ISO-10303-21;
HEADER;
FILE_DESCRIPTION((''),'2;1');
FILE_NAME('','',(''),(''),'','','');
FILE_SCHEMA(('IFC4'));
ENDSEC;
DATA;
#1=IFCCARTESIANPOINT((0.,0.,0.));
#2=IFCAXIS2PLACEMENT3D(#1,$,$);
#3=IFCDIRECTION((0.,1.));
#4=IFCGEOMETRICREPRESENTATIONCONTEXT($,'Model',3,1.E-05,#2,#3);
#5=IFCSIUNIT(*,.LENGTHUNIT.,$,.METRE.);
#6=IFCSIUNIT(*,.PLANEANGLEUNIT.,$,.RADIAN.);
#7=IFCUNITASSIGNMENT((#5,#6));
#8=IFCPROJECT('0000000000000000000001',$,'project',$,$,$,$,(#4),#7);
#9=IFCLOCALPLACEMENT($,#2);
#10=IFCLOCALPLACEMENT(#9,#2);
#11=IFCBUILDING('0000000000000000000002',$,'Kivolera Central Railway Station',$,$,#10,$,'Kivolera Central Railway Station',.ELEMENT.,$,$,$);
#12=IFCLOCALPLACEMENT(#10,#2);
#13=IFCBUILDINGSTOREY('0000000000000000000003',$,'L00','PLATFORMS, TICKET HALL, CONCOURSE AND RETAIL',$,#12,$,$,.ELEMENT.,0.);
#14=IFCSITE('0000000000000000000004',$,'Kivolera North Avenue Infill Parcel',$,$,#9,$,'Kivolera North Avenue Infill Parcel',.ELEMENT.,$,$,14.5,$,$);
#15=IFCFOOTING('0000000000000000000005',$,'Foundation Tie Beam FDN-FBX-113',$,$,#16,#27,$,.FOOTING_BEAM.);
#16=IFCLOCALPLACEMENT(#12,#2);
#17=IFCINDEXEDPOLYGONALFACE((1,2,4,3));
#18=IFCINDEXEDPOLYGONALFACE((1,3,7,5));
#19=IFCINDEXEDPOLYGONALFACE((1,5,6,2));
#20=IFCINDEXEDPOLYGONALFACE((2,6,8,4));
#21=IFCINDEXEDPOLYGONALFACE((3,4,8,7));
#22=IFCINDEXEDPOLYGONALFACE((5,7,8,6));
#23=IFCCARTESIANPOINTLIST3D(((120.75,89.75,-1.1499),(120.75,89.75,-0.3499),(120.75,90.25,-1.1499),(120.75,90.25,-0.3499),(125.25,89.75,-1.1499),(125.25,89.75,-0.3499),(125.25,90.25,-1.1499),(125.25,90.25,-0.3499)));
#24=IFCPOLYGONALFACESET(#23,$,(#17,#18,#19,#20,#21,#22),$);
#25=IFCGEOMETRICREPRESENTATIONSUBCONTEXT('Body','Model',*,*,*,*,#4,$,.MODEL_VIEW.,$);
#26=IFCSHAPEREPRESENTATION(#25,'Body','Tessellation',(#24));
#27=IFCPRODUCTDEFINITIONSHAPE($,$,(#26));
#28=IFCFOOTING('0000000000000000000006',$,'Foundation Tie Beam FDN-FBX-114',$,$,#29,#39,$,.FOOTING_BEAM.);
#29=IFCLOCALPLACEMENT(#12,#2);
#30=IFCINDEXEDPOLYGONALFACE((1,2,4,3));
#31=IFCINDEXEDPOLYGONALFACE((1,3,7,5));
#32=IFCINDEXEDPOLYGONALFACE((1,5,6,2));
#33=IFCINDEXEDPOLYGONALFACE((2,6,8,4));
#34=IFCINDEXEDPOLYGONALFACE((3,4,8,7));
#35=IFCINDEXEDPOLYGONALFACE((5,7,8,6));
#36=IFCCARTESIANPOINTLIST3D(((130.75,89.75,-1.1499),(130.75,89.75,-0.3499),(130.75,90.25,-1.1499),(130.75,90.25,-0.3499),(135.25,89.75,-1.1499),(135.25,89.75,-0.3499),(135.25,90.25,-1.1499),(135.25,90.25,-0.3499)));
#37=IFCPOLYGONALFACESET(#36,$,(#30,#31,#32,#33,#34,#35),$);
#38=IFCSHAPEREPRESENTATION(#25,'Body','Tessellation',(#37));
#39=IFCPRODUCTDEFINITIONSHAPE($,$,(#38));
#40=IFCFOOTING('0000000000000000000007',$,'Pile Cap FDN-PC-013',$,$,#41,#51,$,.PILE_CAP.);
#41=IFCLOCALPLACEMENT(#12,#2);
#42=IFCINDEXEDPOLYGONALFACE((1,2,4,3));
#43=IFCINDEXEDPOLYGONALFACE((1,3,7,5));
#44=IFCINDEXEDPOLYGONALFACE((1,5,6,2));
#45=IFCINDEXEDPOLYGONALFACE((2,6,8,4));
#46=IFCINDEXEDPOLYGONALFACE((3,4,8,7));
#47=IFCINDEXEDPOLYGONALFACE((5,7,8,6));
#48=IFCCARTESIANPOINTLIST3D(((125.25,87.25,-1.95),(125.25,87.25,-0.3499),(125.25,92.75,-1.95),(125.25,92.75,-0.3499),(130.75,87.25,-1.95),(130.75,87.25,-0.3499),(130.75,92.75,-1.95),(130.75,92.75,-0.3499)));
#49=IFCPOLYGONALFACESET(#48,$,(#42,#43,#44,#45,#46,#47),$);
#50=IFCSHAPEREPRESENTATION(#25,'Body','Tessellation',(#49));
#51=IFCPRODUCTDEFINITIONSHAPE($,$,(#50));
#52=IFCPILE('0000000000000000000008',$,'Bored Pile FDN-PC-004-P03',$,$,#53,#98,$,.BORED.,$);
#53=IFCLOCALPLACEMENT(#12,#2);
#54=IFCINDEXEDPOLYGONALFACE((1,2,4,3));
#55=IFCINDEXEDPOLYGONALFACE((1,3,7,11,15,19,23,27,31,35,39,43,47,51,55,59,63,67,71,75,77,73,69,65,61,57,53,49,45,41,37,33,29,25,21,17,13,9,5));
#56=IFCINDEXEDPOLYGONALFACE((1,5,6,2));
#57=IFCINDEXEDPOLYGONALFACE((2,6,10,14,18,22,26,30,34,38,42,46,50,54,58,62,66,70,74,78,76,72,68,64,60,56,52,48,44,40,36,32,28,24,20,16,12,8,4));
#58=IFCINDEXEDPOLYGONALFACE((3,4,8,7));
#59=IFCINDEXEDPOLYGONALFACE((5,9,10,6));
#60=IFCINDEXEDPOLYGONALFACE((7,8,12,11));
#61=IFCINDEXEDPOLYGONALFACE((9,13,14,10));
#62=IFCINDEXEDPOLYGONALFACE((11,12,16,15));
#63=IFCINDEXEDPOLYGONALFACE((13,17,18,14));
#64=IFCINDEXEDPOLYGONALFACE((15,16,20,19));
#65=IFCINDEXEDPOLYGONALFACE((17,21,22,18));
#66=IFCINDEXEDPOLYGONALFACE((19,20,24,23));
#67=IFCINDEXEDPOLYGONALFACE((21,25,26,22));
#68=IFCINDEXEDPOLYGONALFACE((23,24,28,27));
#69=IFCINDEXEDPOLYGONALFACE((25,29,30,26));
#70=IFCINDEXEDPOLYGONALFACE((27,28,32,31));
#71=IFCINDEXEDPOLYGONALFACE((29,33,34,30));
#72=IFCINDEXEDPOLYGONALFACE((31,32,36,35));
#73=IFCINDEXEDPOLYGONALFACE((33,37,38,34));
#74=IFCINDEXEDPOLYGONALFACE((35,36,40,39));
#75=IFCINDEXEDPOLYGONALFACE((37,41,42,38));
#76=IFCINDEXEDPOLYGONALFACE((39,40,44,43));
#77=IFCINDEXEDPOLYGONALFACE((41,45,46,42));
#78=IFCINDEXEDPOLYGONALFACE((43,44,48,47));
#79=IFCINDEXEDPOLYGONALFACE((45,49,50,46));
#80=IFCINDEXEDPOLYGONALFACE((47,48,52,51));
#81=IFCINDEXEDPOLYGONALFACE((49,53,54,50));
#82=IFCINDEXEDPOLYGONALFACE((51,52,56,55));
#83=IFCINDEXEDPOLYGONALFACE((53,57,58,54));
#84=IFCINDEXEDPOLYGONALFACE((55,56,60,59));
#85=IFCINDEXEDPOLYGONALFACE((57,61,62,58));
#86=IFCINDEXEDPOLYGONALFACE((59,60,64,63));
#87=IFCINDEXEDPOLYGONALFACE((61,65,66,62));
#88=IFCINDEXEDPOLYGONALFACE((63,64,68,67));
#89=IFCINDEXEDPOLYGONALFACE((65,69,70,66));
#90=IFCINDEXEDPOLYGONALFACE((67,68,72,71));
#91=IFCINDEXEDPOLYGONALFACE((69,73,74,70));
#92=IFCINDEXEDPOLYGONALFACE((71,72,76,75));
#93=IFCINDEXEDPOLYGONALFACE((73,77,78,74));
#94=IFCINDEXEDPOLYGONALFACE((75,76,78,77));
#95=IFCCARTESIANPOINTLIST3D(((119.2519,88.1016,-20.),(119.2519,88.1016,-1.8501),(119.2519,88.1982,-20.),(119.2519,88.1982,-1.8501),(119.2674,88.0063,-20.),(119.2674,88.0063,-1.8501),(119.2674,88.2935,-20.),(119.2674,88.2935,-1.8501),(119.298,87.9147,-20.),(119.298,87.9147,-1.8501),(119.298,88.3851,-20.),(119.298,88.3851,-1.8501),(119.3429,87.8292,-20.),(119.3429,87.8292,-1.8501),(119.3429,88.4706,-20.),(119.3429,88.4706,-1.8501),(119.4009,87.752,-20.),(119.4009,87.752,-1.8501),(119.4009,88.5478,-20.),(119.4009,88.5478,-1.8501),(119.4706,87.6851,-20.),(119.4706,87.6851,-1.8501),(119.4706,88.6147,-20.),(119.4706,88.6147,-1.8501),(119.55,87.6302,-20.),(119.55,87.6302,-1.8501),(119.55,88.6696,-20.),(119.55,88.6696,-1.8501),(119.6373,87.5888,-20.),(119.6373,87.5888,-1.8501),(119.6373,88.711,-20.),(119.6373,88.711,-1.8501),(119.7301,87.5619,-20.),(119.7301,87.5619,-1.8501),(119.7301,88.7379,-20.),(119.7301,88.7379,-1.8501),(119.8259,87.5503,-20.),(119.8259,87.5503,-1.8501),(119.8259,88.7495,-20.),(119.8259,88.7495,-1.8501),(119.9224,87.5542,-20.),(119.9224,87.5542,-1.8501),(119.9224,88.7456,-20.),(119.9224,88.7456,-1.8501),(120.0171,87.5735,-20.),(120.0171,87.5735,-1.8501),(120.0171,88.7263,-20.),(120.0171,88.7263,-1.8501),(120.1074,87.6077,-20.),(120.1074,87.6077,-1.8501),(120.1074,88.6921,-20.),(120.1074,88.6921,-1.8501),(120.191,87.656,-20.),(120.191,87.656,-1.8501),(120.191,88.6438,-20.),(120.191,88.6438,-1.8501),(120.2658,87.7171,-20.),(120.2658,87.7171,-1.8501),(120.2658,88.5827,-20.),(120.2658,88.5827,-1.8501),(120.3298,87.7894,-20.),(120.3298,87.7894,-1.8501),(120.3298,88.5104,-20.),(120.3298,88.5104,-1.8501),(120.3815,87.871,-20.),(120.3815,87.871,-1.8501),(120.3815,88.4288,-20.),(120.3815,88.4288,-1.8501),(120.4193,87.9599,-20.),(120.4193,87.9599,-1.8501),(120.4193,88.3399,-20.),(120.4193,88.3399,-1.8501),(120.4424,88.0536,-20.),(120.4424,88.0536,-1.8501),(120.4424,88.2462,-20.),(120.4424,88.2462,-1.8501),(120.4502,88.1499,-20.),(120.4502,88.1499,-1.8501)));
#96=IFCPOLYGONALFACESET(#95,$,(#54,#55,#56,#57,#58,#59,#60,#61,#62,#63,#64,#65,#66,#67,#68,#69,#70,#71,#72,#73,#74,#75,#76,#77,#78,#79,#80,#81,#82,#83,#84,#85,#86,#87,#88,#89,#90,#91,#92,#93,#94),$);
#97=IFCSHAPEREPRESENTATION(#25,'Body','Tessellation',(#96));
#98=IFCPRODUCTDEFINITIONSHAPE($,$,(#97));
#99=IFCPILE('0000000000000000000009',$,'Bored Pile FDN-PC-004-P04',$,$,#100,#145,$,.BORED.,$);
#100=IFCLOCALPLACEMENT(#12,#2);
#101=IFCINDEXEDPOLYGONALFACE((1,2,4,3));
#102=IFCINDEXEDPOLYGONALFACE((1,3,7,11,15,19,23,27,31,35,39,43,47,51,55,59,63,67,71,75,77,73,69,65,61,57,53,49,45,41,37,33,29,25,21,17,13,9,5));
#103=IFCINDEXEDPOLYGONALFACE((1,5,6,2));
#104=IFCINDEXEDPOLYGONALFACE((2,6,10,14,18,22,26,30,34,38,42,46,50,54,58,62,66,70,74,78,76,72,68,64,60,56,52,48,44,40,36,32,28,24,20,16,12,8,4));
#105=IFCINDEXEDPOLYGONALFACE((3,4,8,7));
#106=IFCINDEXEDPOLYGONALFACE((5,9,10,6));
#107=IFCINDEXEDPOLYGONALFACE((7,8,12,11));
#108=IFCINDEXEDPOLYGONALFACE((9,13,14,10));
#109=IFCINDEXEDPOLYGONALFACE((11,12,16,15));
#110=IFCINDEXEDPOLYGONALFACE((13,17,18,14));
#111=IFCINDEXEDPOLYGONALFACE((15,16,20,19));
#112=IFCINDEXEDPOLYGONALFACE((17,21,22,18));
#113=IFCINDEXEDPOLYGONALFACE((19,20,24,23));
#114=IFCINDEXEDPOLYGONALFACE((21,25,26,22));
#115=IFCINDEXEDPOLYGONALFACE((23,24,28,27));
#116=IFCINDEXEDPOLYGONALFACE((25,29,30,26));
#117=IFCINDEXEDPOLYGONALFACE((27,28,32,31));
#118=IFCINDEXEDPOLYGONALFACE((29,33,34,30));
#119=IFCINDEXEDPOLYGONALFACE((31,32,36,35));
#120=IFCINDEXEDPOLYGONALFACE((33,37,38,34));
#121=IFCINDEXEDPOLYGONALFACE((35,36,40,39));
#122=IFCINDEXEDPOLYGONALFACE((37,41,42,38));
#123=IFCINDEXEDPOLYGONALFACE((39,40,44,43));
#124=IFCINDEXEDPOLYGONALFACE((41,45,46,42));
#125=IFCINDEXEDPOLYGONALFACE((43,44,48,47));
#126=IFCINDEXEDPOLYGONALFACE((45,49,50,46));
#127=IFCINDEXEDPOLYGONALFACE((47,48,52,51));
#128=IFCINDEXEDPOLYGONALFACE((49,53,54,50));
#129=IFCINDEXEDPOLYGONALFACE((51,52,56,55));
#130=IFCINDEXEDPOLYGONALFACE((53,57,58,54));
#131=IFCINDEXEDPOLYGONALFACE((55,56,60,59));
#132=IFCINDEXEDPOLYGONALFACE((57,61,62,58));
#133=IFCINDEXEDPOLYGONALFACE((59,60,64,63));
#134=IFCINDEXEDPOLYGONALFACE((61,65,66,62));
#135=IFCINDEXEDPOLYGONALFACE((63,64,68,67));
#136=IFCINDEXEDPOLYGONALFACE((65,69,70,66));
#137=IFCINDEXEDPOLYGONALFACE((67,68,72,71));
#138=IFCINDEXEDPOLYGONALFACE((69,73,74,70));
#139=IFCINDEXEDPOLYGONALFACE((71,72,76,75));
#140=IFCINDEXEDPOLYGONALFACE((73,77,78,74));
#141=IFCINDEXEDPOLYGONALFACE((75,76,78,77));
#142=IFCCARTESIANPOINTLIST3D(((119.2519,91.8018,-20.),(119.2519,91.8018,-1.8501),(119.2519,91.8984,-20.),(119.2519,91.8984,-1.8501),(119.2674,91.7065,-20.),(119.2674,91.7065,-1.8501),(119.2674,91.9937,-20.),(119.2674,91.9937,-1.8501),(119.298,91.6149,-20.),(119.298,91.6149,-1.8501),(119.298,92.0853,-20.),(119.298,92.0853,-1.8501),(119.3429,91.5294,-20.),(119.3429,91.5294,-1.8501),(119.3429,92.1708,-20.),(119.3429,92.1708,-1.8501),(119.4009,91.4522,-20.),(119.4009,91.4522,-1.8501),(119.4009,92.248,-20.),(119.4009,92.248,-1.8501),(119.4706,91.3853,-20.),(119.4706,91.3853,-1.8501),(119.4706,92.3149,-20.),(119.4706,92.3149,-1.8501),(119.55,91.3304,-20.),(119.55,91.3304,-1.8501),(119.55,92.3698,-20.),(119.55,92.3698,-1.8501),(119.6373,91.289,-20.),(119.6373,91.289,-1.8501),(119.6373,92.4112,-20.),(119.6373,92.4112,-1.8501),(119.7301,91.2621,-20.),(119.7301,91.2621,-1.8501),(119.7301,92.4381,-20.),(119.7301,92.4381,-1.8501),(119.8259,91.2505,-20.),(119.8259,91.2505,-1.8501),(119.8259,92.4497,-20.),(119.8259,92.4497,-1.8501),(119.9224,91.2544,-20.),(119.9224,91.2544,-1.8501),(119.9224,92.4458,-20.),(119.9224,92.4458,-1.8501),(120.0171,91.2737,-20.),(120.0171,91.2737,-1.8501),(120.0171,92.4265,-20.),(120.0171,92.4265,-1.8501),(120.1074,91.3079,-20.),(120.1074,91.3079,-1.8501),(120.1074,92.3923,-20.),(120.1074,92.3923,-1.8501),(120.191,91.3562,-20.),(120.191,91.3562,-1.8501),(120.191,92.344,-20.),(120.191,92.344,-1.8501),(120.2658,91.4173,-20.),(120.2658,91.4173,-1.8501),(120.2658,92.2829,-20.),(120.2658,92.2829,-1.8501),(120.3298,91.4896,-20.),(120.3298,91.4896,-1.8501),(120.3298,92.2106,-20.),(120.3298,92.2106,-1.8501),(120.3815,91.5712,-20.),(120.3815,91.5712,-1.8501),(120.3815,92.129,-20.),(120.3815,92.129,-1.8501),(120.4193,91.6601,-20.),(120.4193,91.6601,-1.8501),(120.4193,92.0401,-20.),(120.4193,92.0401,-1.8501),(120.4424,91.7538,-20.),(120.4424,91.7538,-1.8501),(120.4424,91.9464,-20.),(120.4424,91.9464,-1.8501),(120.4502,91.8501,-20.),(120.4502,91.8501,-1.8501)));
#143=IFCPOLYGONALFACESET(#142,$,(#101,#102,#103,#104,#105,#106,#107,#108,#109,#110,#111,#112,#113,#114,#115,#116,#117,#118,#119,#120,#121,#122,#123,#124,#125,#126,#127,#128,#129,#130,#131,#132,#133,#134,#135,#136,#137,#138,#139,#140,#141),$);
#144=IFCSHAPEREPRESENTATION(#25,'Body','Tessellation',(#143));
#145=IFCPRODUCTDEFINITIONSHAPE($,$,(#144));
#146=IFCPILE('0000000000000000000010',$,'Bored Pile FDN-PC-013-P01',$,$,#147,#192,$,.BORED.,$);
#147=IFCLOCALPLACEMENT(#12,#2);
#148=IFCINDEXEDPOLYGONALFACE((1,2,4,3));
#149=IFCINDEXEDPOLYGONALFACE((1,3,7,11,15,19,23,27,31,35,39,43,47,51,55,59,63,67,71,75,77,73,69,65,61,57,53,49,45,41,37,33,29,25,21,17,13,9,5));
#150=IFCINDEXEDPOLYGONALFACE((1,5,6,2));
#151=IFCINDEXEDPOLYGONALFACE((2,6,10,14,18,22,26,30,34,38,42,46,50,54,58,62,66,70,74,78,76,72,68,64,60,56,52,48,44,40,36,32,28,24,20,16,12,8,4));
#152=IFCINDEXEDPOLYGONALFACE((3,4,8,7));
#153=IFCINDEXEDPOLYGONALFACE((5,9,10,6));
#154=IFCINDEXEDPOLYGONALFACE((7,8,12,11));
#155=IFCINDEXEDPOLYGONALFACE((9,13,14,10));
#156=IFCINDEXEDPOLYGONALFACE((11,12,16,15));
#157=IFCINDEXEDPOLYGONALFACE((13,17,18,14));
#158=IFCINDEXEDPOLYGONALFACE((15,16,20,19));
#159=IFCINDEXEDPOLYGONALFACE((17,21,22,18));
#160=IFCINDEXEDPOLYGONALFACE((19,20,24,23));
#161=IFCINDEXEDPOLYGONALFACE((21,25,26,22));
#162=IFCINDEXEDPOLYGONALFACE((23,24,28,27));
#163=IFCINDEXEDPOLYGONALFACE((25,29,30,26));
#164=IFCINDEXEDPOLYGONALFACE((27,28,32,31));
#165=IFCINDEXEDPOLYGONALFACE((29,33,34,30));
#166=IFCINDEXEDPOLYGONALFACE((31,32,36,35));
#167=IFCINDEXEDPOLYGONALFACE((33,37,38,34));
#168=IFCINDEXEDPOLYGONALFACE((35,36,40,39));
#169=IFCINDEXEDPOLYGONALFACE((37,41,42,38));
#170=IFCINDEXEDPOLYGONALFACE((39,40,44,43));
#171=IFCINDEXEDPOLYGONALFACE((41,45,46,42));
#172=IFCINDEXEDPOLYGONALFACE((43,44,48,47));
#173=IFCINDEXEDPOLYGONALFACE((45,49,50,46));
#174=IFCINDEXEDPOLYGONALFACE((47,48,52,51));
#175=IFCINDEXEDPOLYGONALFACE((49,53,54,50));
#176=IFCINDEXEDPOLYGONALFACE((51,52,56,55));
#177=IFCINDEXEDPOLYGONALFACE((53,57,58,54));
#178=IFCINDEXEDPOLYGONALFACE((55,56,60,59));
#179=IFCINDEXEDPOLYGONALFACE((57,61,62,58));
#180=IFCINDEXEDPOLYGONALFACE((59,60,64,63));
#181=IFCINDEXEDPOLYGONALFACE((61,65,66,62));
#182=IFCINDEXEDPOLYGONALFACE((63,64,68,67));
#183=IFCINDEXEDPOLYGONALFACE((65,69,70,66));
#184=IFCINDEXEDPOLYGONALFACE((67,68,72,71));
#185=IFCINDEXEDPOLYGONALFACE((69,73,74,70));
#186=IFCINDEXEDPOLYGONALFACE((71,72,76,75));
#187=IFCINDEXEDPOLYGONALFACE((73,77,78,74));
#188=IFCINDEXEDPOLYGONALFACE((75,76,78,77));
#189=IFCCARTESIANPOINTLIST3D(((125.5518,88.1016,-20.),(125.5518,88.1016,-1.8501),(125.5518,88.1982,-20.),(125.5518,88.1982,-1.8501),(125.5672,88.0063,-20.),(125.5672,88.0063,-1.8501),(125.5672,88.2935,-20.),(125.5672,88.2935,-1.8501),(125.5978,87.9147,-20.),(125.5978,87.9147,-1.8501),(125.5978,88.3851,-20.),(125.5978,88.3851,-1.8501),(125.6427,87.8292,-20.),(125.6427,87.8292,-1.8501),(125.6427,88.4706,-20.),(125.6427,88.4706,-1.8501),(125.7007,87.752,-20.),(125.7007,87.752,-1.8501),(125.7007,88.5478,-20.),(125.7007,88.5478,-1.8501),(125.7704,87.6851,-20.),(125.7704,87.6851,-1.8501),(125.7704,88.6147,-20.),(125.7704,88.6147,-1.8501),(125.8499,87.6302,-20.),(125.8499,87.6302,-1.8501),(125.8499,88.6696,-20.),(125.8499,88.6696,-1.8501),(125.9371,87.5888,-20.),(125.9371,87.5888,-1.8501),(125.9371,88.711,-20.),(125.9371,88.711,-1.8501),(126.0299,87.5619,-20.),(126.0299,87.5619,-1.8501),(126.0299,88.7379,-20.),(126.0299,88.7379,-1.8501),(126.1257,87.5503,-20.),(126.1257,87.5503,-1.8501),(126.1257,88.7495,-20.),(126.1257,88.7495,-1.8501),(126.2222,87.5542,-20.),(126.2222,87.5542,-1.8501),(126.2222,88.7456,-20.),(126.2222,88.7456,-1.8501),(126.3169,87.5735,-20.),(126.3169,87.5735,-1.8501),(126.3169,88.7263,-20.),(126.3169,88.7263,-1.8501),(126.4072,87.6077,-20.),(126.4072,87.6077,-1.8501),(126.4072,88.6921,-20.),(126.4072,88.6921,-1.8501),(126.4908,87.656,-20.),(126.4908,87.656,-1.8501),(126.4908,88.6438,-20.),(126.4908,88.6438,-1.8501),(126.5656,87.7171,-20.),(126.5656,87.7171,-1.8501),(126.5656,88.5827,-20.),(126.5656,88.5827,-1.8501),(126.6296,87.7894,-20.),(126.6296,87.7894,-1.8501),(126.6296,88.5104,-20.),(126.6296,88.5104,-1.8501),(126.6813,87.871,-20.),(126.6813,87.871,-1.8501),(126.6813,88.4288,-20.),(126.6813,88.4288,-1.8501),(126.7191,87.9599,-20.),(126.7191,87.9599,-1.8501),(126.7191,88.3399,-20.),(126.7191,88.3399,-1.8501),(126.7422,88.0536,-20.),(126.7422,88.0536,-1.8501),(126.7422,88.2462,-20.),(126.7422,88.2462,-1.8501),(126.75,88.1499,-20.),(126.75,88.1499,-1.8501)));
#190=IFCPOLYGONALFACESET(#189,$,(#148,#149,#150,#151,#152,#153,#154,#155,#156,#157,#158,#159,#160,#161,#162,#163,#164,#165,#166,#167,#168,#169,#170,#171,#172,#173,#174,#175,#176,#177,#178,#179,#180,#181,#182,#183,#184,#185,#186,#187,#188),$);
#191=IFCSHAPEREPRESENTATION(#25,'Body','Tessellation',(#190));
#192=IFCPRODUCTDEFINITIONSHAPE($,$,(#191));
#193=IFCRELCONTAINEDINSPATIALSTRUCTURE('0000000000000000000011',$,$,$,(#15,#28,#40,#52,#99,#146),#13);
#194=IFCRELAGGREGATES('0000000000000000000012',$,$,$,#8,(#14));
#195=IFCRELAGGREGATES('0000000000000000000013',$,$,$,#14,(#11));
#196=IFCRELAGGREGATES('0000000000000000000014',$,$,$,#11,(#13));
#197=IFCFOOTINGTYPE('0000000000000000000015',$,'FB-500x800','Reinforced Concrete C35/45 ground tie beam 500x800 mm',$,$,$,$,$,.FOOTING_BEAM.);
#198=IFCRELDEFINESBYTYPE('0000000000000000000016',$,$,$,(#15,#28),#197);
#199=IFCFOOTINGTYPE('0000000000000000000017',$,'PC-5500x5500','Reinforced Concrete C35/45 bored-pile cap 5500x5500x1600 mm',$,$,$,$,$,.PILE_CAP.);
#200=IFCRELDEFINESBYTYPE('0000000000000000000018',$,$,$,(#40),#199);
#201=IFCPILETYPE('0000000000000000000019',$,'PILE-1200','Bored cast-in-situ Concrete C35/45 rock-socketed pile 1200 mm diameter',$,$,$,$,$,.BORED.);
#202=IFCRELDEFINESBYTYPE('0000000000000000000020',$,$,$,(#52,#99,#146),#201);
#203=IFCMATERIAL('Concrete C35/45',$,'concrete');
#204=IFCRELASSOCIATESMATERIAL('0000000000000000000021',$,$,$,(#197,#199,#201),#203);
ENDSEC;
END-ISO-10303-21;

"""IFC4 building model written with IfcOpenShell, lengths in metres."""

from ifc_helpers import new_model, si_unit, direction, frame, origin, origin_2d, place, context, subcontext, project, spatial, rectangle, circle, extrude, material, material_profile, profile_set, type_object, element, save


model = new_model("IFC4")

# Units and contexts
model_context = context("Model", 3, precision=1e-05, world=origin(), true_north=direction((0.0, 1.0)))
body_context = subcontext(model_context, "Body", "Model", "MODEL_VIEW")
ifc_project = project(units=[si_unit("LENGTHUNIT", "METRE"), si_unit("PLANEANGLEUNIT", "RADIAN")], contexts=[model_context])

# Site, building, storey
site_placement = place(None, origin())
site = spatial("IfcSite", under=ifc_project, at=site_placement, Name="Kivolera North Avenue Infill Parcel", LongName="Kivolera North Avenue Infill Parcel", CompositionType="ELEMENT", RefElevation=14.5)
building_placement = place(site_placement, origin())
building = spatial("IfcBuilding", under=site, at=building_placement, Name="Kivolera Central Railway Station", LongName="Kivolera Central Railway Station", CompositionType="ELEMENT")
storey_placement = place(building_placement, origin())
storey = spatial("IfcBuildingStorey", under=building, at=storey_placement, Name="L00", Description="PLATFORMS, TICKET HALL, CONCOURSE AND RETAIL", CompositionType="ELEMENT", Elevation=0.0)

# Footings
ifc_material_1 = material(Name="Concrete C35/45", Category="concrete")
footing_type_1 = type_object("IfcFootingType", Name="FB-500x800", Description="Reinforced Concrete C35/45 ground tie beam 500x800 mm", PredefinedType="FOOTING_BEAM", material=ifc_material_1)
for number, where, z_axis, x_axis, name in (
    (1, (123.0, 90.0, -1.1499), (0.0, 0.0, 1.0), (1.0, 0.0, 0.0), "Foundation Tie Beam FDN-FBX-113"),
    (2, (133.0, 90.0, -1.1499), (0.0, 0.0, 1.0), (1.0, 0.0, 0.0), "Foundation Tie Beam FDN-FBX-114"),
):
    element("IfcFooting", number, at=place(storey_placement, frame(where, z_axis=z_axis, x_axis=x_axis)), inside=storey, type_object=footing_type_1, Name=name, PredefinedType="FOOTING_BEAM", context=body_context, shape_type="SweptSolid", body=[
        extrude(rectangle(XDim=4.5, YDim=0.5, at=origin_2d()), origin(), (0.0, 0.0, 1.0), 0.8),
    ])
footing_type_2 = type_object("IfcFootingType", Name="PC-5500x5500", Description="Reinforced Concrete C35/45 bored-pile cap 5500x5500x1600 mm", PredefinedType="PILE_CAP", material=ifc_material_1)
footing_placement = place(storey_placement, frame((128.0, 90.0, -1.95), z_axis=(0.0, 0.0, 1.0), x_axis=(1.0, 0.0, 0.0)))
element("IfcFooting", 3, at=footing_placement, inside=storey, type_object=footing_type_2, Name="Pile Cap FDN-PC-013", PredefinedType="PILE_CAP", context=body_context, shape_type="SweptSolid", body=[
    extrude(rectangle(XDim=5.5, YDim=5.5, at=origin_2d()), origin(), (0.0, 0.0, 1.0), 1.6001),
])

# Piles
ifc_material_profile_1 = material_profile(ifc_material_1, circle(Radius=0.6001, at=origin_2d()), Name="PILE D1200")
ifc_profile_set_1 = profile_set([ifc_material_profile_1], Name="Concrete C35/45")
pile_type = type_object("IfcPileType", Name="PILE-1200", Description="Bored cast-in-situ Concrete C35/45 rock-socketed pile 1200 mm diameter", PredefinedType="BORED", material=ifc_profile_set_1)
for number, where, z_axis, x_axis, name in (
    (4, (119.8501, 88.1499, -1.8501), (0.0, 0.0, -1.0), (1.0, 0.0, 0.0), "Bored Pile FDN-PC-004-P03"),
    (5, (119.8501, 91.8501, -1.8501), (0.0, 0.0, -1.0), (1.0, 0.0, 0.0), "Bored Pile FDN-PC-004-P04"),
    (6, (126.1499, 88.1499, -1.8501), (0.0, 0.0, -1.0), (1.0, 0.0, 0.0), "Bored Pile FDN-PC-013-P01"),
):
    element("IfcPile", number, at=place(storey_placement, frame(where, z_axis=z_axis, x_axis=x_axis)), inside=storey, type_object=pile_type, Name=name, PredefinedType="BORED", context=body_context, shape_type="SweptSolid", body=[
        extrude(circle(Radius=0.6001, at=origin_2d()), origin(), (0.0, 0.0, 1.0), 18.1499),
    ])

save(model, "model.ifc")
